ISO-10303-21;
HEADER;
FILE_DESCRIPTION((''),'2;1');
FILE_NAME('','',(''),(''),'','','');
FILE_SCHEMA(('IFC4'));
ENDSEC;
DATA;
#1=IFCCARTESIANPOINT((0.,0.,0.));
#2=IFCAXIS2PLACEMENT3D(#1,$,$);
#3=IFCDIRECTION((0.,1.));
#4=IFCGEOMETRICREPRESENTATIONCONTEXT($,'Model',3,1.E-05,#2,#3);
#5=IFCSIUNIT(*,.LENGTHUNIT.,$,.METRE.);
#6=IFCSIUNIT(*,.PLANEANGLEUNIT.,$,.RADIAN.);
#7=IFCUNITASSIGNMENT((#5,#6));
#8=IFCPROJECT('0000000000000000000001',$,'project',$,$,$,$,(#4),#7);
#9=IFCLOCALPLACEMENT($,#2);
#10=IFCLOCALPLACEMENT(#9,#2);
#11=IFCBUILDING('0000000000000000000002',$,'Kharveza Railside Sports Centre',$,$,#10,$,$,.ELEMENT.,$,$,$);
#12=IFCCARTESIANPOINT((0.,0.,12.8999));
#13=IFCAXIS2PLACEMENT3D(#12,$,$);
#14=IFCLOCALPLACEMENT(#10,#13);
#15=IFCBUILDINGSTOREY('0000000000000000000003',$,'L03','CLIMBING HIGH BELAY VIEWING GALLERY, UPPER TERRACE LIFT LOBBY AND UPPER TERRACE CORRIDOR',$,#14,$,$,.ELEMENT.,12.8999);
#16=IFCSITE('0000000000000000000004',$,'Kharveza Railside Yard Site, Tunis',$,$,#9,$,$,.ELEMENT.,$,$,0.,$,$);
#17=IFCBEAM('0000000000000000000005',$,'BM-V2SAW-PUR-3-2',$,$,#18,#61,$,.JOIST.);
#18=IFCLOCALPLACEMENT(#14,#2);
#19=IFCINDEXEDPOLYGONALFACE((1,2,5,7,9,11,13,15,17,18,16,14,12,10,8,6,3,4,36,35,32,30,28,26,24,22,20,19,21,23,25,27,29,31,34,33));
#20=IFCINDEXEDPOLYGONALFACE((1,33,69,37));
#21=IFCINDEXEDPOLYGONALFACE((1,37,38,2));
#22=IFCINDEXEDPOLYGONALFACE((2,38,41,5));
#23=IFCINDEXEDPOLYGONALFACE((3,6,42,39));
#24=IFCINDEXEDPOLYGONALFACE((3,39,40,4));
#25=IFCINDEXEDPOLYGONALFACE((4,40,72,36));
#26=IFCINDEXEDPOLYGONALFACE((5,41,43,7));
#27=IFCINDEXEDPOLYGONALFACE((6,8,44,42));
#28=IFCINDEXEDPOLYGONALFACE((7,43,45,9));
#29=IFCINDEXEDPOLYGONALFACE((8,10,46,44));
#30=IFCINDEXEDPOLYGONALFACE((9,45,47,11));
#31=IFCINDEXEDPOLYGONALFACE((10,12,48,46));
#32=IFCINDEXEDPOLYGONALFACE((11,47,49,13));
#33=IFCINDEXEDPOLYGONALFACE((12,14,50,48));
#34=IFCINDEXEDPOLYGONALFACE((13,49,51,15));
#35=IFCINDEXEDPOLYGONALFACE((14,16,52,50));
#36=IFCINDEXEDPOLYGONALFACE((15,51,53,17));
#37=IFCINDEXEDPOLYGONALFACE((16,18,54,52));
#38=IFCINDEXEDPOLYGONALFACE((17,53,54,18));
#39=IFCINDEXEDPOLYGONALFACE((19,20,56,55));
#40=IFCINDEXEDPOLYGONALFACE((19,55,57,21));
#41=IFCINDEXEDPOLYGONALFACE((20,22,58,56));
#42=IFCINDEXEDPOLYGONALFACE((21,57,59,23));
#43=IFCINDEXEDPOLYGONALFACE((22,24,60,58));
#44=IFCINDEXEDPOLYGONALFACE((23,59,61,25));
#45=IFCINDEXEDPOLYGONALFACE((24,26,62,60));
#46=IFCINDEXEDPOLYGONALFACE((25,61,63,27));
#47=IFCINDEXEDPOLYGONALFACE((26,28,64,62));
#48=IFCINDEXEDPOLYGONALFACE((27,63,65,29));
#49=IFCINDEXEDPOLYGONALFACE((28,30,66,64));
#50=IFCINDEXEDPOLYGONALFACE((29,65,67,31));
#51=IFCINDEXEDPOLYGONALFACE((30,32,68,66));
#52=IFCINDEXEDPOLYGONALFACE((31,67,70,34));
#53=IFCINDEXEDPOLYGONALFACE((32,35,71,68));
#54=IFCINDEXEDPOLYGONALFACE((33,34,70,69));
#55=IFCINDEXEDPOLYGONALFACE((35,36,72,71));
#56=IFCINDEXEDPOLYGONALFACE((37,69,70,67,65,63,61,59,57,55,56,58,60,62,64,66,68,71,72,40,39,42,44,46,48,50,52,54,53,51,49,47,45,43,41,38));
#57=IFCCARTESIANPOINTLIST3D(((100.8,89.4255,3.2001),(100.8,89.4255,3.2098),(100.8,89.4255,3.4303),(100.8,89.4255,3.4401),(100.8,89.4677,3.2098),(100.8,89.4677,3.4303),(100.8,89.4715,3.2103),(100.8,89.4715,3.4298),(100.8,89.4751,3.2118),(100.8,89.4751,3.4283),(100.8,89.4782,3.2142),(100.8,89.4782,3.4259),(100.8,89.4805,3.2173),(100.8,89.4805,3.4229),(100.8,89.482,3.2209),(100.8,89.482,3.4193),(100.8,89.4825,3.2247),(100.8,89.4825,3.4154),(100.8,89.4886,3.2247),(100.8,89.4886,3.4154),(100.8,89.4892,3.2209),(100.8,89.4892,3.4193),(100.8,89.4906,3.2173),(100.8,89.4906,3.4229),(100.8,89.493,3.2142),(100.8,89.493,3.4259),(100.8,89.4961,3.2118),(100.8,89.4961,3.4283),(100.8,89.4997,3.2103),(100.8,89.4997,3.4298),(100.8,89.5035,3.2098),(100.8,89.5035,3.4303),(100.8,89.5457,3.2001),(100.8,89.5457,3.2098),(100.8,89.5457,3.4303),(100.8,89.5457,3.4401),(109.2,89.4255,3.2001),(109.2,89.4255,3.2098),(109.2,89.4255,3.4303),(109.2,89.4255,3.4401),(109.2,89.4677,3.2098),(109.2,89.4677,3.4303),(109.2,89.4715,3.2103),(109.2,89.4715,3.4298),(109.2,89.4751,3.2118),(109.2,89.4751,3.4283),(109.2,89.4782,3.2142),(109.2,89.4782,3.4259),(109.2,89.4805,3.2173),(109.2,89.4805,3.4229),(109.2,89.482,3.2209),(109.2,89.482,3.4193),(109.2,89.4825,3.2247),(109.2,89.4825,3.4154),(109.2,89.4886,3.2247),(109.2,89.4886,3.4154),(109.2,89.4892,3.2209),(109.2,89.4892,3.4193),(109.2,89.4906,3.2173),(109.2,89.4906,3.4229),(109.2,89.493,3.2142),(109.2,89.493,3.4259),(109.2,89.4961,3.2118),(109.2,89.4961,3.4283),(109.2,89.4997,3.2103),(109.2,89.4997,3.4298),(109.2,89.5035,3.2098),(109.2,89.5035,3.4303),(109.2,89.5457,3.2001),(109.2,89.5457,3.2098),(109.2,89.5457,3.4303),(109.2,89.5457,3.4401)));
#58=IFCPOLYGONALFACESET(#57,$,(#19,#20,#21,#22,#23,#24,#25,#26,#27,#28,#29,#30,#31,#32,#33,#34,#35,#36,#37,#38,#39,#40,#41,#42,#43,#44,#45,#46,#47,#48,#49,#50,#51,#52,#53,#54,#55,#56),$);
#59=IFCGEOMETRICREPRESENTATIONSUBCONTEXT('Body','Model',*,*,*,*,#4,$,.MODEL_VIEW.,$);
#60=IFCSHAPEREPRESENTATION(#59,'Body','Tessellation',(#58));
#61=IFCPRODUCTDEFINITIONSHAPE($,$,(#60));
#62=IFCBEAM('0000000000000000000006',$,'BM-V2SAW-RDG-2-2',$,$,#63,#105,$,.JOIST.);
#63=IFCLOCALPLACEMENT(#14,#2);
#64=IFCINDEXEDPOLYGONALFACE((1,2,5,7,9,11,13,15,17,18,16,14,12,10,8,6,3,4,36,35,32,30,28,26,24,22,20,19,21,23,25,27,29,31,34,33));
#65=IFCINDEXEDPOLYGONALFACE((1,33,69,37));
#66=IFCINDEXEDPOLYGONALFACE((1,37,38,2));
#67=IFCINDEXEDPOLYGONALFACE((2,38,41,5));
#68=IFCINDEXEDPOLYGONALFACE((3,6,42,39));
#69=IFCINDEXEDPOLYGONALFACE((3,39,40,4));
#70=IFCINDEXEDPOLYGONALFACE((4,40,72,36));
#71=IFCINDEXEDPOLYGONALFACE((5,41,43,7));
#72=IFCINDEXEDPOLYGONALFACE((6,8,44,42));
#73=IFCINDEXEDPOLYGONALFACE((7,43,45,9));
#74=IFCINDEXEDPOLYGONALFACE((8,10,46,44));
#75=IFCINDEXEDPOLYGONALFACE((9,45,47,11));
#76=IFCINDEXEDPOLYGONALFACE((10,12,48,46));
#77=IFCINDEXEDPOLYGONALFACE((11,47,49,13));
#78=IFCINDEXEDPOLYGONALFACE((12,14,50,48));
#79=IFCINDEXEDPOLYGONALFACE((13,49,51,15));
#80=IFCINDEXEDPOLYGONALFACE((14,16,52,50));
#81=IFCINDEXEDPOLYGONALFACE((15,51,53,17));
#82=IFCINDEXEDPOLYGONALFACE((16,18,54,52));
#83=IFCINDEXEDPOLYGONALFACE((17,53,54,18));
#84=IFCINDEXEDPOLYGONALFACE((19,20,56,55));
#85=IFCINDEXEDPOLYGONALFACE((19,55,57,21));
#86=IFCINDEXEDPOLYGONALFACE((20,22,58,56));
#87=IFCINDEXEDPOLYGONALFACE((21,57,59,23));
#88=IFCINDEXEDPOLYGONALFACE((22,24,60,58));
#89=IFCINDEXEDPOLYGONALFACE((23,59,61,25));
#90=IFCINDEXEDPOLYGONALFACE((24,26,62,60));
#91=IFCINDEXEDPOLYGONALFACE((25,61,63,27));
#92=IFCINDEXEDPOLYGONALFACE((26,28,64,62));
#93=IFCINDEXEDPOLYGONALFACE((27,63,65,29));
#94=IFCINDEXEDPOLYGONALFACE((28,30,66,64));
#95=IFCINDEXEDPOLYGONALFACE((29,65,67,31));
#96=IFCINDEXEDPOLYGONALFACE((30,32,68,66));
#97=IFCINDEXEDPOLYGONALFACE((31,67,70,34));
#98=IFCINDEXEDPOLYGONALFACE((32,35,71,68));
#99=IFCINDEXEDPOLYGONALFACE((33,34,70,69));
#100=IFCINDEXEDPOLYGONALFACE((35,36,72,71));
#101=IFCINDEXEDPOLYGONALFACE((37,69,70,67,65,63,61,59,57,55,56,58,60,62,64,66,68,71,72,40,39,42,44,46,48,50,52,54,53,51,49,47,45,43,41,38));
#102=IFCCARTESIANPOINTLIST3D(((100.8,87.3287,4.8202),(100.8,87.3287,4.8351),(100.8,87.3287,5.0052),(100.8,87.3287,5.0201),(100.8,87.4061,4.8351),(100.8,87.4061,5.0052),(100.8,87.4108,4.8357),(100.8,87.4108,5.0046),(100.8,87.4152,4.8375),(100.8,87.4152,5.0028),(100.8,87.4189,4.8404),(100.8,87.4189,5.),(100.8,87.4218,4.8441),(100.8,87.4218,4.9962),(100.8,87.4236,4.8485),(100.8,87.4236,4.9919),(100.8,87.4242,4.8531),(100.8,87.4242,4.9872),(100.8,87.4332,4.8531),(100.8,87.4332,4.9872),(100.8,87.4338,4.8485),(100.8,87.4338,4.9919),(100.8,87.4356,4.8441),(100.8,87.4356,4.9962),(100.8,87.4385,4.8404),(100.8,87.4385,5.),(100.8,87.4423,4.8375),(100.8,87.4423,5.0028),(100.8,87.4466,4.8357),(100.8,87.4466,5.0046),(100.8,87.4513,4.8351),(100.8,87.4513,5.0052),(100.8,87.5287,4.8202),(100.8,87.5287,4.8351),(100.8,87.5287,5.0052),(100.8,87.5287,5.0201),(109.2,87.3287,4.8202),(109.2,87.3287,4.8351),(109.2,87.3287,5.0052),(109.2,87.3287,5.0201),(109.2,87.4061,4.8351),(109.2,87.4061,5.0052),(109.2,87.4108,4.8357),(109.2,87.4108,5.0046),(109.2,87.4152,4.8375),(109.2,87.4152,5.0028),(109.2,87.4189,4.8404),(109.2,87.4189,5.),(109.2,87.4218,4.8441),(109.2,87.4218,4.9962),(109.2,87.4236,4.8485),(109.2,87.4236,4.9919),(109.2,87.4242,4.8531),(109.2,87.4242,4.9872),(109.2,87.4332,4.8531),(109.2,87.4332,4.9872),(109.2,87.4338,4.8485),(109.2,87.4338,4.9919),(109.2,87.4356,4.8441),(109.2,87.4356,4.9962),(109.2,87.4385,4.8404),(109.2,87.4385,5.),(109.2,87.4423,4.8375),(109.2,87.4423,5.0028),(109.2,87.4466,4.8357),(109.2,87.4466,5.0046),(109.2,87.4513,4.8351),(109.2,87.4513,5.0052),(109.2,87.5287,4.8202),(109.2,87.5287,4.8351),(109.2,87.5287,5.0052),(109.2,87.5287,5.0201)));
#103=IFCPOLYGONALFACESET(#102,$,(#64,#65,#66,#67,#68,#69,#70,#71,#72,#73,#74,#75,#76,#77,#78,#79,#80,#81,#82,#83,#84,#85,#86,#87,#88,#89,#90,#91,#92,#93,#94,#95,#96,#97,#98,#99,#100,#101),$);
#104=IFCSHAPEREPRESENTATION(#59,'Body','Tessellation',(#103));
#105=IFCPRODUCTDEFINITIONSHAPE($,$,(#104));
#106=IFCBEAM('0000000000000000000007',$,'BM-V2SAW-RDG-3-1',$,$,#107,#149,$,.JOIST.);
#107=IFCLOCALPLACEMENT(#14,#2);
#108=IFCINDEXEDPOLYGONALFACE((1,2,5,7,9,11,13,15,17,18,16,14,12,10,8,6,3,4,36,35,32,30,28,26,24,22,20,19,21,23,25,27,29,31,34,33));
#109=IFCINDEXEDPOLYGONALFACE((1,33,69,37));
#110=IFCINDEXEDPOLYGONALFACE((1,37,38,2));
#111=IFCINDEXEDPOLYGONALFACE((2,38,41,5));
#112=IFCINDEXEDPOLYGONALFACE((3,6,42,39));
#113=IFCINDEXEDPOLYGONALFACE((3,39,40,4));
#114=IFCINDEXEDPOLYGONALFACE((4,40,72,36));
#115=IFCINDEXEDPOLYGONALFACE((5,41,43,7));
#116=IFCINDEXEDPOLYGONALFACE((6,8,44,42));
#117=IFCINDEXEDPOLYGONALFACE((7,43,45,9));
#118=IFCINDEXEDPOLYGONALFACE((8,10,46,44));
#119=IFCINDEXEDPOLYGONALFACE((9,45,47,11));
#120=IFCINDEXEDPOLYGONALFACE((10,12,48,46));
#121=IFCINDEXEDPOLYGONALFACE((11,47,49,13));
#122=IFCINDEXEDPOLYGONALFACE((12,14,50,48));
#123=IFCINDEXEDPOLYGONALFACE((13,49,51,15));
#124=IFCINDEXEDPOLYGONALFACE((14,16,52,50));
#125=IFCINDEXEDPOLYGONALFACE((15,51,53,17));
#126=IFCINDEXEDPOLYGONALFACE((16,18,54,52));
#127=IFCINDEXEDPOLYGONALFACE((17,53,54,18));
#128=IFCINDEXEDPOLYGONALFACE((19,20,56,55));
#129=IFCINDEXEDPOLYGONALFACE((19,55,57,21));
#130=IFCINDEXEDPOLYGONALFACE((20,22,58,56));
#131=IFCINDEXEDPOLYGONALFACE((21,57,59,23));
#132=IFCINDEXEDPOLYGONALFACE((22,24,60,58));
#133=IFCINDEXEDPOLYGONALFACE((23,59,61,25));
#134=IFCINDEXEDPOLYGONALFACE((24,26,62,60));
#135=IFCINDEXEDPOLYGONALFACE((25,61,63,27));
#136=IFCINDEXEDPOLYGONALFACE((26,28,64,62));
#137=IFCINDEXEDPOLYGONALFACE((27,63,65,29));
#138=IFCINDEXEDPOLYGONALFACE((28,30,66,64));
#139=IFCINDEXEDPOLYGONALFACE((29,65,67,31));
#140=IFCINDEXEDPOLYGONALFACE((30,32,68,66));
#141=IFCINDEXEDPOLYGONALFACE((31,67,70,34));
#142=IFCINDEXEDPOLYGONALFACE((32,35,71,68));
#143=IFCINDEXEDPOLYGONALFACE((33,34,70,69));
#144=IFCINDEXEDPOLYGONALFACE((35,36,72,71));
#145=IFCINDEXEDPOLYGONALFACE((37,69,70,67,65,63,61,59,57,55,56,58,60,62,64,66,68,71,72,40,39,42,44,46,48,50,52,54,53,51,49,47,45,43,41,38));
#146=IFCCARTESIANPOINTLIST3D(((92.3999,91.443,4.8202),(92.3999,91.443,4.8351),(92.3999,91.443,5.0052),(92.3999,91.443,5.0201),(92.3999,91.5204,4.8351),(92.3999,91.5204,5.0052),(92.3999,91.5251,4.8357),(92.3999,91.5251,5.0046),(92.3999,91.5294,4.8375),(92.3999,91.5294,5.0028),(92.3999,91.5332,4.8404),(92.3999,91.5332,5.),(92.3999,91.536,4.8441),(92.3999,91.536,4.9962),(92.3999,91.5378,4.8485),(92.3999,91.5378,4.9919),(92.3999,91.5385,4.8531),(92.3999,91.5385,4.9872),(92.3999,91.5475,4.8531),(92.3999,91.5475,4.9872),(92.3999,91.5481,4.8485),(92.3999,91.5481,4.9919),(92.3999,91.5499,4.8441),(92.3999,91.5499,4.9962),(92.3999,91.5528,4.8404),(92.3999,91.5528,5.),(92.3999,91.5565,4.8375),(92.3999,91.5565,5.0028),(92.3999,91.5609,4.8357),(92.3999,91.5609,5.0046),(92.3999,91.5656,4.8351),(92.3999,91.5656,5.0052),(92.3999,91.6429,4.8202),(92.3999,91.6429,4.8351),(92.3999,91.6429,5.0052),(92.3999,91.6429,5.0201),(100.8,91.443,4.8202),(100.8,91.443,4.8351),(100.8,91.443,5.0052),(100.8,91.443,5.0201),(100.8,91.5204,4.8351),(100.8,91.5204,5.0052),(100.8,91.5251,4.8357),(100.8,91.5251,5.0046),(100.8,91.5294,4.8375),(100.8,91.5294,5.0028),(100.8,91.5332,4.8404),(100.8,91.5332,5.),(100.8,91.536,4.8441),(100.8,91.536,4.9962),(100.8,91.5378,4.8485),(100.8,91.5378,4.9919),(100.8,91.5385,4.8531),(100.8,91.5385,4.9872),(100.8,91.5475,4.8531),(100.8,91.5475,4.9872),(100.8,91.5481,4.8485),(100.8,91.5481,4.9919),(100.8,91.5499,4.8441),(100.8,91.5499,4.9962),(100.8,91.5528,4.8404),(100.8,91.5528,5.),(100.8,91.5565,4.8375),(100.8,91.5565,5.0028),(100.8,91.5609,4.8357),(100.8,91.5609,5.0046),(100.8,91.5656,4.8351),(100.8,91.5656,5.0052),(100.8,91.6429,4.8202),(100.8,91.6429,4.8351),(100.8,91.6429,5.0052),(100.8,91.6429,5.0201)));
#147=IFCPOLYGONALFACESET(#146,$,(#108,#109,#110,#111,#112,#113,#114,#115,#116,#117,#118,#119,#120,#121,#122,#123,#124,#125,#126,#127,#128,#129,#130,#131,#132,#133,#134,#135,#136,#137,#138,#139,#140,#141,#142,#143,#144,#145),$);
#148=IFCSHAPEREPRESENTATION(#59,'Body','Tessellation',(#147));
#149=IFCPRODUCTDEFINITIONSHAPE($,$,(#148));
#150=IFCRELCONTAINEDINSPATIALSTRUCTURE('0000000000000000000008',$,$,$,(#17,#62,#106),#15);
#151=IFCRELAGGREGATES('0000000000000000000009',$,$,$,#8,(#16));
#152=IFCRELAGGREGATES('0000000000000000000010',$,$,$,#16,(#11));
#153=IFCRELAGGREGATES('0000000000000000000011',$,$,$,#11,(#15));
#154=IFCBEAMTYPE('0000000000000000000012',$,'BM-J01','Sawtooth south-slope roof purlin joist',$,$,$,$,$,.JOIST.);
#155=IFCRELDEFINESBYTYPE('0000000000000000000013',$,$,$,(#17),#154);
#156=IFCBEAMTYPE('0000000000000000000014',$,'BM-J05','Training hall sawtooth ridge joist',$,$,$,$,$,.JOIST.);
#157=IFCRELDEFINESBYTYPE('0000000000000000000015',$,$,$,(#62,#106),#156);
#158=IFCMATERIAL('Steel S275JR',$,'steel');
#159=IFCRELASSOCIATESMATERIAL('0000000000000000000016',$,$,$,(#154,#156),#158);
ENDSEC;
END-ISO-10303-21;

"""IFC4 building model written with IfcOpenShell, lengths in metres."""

from ifc_helpers import new_model, si_unit, direction, frame, origin, origin_2d, place, context, subcontext, project, spatial, i_section, extrude, material, material_profile, profile_set, type_object, element, save


model = new_model("IFC4")

# Units and contexts
model_context = context("Model", 3, precision=1e-05, world=origin(), true_north=direction((0.0, 1.0)))
body_context = subcontext(model_context, "Body", "Model", "MODEL_VIEW")
ifc_project = project(units=[si_unit("LENGTHUNIT", "METRE"), si_unit("PLANEANGLEUNIT", "RADIAN")], contexts=[model_context])

# Site, building, storey
site_placement = place(None, origin())
site = spatial("IfcSite", under=ifc_project, at=site_placement, Name="Kharveza Railside Yard Site, Tunis", CompositionType="ELEMENT", RefElevation=0.0)
building_placement = place(site_placement, origin())
building = spatial("IfcBuilding", under=site, at=building_placement, Name="Kharveza Railside Sports Centre", CompositionType="ELEMENT")
storey_placement = place(building_placement, frame((0.0, 0.0, 12.8999)))
storey = spatial("IfcBuildingStorey", under=building, at=storey_placement, Name="L03", Description="CLIMBING HIGH BELAY VIEWING GALLERY, UPPER TERRACE LIFT LOBBY AND UPPER TERRACE CORRIDOR", CompositionType="ELEMENT", Elevation=12.8999)

# Beams
ifc_material_1 = material(Name="Steel S275JR", Category="steel")
ifc_material_profile_1 = material_profile(ifc_material_1, i_section(OverallWidth=0.1201, OverallDepth=0.24, WebThickness=0.0061, FlangeThickness=0.0098, FilletRadius=0.0149, at=origin_2d()), Name="IPE 240")
ifc_profile_set_1 = profile_set([ifc_material_profile_1], Name="Steel S275JR")
beam_type_1 = type_object("IfcBeamType", Name="BM-J01", Description="Sawtooth south-slope roof purlin joist", PredefinedType="JOIST", material=ifc_profile_set_1)
beam_1_placement = place(storey_placement, frame((100.8, 89.4856, 3.3201), z_axis=(1.0, 0.0, 0.0), x_axis=(0.0, 1.0, 0.0)))
element("IfcBeam", 1, at=beam_1_placement, inside=storey, type_object=beam_type_1, Name="BM-V2SAW-PUR-3-2", PredefinedType="JOIST", context=body_context, shape_type="SweptSolid", body=[
    extrude(i_section(OverallWidth=0.1201, OverallDepth=0.24, WebThickness=0.0061, FlangeThickness=0.0098, FilletRadius=0.0149, at=origin_2d()), origin(), (0.0, 0.0, 1.0), 8.3999),
])
ifc_material_profile_2 = material_profile(ifc_material_1, i_section(OverallWidth=0.2, OverallDepth=0.2, WebThickness=0.009, FlangeThickness=0.0149, FilletRadius=0.0181, at=origin_2d()), Name="HEB 200")
ifc_profile_set_2 = profile_set([ifc_material_profile_2], Name="Steel S275JR")
beam_type_2 = type_object("IfcBeamType", Name="BM-J05", Description="Training hall sawtooth ridge joist", PredefinedType="JOIST", material=ifc_profile_set_2)
beam_2_placement = place(storey_placement, frame((100.8, 87.4287, 4.9202), z_axis=(1.0, 0.0, 0.0), x_axis=(0.0, 1.0, 0.0)))
element("IfcBeam", 2, at=beam_2_placement, inside=storey, type_object=beam_type_2, Name="BM-V2SAW-RDG-2-2", PredefinedType="JOIST", context=body_context, shape_type="SweptSolid", body=[
    extrude(i_section(OverallWidth=0.2, OverallDepth=0.2, WebThickness=0.009, FlangeThickness=0.0149, FilletRadius=0.0181, at=origin_2d()), origin(), (0.0, 0.0, 1.0), 8.3999),
])
beam_3_placement = place(storey_placement, frame((92.3999, 91.543, 4.9202), z_axis=(1.0, 0.0, 0.0), x_axis=(0.0, 1.0, 0.0)))
element("IfcBeam", 3, at=beam_3_placement, inside=storey, type_object=beam_type_2, Name="BM-V2SAW-RDG-3-1", PredefinedType="JOIST", context=body_context, shape_type="SweptSolid", body=[
    extrude(i_section(OverallWidth=0.2, OverallDepth=0.2, WebThickness=0.009, FlangeThickness=0.0149, FilletRadius=0.0181, at=origin_2d()), origin(), (0.0, 0.0, 1.0), 8.4001),
])

save(model, "model.ifc")
